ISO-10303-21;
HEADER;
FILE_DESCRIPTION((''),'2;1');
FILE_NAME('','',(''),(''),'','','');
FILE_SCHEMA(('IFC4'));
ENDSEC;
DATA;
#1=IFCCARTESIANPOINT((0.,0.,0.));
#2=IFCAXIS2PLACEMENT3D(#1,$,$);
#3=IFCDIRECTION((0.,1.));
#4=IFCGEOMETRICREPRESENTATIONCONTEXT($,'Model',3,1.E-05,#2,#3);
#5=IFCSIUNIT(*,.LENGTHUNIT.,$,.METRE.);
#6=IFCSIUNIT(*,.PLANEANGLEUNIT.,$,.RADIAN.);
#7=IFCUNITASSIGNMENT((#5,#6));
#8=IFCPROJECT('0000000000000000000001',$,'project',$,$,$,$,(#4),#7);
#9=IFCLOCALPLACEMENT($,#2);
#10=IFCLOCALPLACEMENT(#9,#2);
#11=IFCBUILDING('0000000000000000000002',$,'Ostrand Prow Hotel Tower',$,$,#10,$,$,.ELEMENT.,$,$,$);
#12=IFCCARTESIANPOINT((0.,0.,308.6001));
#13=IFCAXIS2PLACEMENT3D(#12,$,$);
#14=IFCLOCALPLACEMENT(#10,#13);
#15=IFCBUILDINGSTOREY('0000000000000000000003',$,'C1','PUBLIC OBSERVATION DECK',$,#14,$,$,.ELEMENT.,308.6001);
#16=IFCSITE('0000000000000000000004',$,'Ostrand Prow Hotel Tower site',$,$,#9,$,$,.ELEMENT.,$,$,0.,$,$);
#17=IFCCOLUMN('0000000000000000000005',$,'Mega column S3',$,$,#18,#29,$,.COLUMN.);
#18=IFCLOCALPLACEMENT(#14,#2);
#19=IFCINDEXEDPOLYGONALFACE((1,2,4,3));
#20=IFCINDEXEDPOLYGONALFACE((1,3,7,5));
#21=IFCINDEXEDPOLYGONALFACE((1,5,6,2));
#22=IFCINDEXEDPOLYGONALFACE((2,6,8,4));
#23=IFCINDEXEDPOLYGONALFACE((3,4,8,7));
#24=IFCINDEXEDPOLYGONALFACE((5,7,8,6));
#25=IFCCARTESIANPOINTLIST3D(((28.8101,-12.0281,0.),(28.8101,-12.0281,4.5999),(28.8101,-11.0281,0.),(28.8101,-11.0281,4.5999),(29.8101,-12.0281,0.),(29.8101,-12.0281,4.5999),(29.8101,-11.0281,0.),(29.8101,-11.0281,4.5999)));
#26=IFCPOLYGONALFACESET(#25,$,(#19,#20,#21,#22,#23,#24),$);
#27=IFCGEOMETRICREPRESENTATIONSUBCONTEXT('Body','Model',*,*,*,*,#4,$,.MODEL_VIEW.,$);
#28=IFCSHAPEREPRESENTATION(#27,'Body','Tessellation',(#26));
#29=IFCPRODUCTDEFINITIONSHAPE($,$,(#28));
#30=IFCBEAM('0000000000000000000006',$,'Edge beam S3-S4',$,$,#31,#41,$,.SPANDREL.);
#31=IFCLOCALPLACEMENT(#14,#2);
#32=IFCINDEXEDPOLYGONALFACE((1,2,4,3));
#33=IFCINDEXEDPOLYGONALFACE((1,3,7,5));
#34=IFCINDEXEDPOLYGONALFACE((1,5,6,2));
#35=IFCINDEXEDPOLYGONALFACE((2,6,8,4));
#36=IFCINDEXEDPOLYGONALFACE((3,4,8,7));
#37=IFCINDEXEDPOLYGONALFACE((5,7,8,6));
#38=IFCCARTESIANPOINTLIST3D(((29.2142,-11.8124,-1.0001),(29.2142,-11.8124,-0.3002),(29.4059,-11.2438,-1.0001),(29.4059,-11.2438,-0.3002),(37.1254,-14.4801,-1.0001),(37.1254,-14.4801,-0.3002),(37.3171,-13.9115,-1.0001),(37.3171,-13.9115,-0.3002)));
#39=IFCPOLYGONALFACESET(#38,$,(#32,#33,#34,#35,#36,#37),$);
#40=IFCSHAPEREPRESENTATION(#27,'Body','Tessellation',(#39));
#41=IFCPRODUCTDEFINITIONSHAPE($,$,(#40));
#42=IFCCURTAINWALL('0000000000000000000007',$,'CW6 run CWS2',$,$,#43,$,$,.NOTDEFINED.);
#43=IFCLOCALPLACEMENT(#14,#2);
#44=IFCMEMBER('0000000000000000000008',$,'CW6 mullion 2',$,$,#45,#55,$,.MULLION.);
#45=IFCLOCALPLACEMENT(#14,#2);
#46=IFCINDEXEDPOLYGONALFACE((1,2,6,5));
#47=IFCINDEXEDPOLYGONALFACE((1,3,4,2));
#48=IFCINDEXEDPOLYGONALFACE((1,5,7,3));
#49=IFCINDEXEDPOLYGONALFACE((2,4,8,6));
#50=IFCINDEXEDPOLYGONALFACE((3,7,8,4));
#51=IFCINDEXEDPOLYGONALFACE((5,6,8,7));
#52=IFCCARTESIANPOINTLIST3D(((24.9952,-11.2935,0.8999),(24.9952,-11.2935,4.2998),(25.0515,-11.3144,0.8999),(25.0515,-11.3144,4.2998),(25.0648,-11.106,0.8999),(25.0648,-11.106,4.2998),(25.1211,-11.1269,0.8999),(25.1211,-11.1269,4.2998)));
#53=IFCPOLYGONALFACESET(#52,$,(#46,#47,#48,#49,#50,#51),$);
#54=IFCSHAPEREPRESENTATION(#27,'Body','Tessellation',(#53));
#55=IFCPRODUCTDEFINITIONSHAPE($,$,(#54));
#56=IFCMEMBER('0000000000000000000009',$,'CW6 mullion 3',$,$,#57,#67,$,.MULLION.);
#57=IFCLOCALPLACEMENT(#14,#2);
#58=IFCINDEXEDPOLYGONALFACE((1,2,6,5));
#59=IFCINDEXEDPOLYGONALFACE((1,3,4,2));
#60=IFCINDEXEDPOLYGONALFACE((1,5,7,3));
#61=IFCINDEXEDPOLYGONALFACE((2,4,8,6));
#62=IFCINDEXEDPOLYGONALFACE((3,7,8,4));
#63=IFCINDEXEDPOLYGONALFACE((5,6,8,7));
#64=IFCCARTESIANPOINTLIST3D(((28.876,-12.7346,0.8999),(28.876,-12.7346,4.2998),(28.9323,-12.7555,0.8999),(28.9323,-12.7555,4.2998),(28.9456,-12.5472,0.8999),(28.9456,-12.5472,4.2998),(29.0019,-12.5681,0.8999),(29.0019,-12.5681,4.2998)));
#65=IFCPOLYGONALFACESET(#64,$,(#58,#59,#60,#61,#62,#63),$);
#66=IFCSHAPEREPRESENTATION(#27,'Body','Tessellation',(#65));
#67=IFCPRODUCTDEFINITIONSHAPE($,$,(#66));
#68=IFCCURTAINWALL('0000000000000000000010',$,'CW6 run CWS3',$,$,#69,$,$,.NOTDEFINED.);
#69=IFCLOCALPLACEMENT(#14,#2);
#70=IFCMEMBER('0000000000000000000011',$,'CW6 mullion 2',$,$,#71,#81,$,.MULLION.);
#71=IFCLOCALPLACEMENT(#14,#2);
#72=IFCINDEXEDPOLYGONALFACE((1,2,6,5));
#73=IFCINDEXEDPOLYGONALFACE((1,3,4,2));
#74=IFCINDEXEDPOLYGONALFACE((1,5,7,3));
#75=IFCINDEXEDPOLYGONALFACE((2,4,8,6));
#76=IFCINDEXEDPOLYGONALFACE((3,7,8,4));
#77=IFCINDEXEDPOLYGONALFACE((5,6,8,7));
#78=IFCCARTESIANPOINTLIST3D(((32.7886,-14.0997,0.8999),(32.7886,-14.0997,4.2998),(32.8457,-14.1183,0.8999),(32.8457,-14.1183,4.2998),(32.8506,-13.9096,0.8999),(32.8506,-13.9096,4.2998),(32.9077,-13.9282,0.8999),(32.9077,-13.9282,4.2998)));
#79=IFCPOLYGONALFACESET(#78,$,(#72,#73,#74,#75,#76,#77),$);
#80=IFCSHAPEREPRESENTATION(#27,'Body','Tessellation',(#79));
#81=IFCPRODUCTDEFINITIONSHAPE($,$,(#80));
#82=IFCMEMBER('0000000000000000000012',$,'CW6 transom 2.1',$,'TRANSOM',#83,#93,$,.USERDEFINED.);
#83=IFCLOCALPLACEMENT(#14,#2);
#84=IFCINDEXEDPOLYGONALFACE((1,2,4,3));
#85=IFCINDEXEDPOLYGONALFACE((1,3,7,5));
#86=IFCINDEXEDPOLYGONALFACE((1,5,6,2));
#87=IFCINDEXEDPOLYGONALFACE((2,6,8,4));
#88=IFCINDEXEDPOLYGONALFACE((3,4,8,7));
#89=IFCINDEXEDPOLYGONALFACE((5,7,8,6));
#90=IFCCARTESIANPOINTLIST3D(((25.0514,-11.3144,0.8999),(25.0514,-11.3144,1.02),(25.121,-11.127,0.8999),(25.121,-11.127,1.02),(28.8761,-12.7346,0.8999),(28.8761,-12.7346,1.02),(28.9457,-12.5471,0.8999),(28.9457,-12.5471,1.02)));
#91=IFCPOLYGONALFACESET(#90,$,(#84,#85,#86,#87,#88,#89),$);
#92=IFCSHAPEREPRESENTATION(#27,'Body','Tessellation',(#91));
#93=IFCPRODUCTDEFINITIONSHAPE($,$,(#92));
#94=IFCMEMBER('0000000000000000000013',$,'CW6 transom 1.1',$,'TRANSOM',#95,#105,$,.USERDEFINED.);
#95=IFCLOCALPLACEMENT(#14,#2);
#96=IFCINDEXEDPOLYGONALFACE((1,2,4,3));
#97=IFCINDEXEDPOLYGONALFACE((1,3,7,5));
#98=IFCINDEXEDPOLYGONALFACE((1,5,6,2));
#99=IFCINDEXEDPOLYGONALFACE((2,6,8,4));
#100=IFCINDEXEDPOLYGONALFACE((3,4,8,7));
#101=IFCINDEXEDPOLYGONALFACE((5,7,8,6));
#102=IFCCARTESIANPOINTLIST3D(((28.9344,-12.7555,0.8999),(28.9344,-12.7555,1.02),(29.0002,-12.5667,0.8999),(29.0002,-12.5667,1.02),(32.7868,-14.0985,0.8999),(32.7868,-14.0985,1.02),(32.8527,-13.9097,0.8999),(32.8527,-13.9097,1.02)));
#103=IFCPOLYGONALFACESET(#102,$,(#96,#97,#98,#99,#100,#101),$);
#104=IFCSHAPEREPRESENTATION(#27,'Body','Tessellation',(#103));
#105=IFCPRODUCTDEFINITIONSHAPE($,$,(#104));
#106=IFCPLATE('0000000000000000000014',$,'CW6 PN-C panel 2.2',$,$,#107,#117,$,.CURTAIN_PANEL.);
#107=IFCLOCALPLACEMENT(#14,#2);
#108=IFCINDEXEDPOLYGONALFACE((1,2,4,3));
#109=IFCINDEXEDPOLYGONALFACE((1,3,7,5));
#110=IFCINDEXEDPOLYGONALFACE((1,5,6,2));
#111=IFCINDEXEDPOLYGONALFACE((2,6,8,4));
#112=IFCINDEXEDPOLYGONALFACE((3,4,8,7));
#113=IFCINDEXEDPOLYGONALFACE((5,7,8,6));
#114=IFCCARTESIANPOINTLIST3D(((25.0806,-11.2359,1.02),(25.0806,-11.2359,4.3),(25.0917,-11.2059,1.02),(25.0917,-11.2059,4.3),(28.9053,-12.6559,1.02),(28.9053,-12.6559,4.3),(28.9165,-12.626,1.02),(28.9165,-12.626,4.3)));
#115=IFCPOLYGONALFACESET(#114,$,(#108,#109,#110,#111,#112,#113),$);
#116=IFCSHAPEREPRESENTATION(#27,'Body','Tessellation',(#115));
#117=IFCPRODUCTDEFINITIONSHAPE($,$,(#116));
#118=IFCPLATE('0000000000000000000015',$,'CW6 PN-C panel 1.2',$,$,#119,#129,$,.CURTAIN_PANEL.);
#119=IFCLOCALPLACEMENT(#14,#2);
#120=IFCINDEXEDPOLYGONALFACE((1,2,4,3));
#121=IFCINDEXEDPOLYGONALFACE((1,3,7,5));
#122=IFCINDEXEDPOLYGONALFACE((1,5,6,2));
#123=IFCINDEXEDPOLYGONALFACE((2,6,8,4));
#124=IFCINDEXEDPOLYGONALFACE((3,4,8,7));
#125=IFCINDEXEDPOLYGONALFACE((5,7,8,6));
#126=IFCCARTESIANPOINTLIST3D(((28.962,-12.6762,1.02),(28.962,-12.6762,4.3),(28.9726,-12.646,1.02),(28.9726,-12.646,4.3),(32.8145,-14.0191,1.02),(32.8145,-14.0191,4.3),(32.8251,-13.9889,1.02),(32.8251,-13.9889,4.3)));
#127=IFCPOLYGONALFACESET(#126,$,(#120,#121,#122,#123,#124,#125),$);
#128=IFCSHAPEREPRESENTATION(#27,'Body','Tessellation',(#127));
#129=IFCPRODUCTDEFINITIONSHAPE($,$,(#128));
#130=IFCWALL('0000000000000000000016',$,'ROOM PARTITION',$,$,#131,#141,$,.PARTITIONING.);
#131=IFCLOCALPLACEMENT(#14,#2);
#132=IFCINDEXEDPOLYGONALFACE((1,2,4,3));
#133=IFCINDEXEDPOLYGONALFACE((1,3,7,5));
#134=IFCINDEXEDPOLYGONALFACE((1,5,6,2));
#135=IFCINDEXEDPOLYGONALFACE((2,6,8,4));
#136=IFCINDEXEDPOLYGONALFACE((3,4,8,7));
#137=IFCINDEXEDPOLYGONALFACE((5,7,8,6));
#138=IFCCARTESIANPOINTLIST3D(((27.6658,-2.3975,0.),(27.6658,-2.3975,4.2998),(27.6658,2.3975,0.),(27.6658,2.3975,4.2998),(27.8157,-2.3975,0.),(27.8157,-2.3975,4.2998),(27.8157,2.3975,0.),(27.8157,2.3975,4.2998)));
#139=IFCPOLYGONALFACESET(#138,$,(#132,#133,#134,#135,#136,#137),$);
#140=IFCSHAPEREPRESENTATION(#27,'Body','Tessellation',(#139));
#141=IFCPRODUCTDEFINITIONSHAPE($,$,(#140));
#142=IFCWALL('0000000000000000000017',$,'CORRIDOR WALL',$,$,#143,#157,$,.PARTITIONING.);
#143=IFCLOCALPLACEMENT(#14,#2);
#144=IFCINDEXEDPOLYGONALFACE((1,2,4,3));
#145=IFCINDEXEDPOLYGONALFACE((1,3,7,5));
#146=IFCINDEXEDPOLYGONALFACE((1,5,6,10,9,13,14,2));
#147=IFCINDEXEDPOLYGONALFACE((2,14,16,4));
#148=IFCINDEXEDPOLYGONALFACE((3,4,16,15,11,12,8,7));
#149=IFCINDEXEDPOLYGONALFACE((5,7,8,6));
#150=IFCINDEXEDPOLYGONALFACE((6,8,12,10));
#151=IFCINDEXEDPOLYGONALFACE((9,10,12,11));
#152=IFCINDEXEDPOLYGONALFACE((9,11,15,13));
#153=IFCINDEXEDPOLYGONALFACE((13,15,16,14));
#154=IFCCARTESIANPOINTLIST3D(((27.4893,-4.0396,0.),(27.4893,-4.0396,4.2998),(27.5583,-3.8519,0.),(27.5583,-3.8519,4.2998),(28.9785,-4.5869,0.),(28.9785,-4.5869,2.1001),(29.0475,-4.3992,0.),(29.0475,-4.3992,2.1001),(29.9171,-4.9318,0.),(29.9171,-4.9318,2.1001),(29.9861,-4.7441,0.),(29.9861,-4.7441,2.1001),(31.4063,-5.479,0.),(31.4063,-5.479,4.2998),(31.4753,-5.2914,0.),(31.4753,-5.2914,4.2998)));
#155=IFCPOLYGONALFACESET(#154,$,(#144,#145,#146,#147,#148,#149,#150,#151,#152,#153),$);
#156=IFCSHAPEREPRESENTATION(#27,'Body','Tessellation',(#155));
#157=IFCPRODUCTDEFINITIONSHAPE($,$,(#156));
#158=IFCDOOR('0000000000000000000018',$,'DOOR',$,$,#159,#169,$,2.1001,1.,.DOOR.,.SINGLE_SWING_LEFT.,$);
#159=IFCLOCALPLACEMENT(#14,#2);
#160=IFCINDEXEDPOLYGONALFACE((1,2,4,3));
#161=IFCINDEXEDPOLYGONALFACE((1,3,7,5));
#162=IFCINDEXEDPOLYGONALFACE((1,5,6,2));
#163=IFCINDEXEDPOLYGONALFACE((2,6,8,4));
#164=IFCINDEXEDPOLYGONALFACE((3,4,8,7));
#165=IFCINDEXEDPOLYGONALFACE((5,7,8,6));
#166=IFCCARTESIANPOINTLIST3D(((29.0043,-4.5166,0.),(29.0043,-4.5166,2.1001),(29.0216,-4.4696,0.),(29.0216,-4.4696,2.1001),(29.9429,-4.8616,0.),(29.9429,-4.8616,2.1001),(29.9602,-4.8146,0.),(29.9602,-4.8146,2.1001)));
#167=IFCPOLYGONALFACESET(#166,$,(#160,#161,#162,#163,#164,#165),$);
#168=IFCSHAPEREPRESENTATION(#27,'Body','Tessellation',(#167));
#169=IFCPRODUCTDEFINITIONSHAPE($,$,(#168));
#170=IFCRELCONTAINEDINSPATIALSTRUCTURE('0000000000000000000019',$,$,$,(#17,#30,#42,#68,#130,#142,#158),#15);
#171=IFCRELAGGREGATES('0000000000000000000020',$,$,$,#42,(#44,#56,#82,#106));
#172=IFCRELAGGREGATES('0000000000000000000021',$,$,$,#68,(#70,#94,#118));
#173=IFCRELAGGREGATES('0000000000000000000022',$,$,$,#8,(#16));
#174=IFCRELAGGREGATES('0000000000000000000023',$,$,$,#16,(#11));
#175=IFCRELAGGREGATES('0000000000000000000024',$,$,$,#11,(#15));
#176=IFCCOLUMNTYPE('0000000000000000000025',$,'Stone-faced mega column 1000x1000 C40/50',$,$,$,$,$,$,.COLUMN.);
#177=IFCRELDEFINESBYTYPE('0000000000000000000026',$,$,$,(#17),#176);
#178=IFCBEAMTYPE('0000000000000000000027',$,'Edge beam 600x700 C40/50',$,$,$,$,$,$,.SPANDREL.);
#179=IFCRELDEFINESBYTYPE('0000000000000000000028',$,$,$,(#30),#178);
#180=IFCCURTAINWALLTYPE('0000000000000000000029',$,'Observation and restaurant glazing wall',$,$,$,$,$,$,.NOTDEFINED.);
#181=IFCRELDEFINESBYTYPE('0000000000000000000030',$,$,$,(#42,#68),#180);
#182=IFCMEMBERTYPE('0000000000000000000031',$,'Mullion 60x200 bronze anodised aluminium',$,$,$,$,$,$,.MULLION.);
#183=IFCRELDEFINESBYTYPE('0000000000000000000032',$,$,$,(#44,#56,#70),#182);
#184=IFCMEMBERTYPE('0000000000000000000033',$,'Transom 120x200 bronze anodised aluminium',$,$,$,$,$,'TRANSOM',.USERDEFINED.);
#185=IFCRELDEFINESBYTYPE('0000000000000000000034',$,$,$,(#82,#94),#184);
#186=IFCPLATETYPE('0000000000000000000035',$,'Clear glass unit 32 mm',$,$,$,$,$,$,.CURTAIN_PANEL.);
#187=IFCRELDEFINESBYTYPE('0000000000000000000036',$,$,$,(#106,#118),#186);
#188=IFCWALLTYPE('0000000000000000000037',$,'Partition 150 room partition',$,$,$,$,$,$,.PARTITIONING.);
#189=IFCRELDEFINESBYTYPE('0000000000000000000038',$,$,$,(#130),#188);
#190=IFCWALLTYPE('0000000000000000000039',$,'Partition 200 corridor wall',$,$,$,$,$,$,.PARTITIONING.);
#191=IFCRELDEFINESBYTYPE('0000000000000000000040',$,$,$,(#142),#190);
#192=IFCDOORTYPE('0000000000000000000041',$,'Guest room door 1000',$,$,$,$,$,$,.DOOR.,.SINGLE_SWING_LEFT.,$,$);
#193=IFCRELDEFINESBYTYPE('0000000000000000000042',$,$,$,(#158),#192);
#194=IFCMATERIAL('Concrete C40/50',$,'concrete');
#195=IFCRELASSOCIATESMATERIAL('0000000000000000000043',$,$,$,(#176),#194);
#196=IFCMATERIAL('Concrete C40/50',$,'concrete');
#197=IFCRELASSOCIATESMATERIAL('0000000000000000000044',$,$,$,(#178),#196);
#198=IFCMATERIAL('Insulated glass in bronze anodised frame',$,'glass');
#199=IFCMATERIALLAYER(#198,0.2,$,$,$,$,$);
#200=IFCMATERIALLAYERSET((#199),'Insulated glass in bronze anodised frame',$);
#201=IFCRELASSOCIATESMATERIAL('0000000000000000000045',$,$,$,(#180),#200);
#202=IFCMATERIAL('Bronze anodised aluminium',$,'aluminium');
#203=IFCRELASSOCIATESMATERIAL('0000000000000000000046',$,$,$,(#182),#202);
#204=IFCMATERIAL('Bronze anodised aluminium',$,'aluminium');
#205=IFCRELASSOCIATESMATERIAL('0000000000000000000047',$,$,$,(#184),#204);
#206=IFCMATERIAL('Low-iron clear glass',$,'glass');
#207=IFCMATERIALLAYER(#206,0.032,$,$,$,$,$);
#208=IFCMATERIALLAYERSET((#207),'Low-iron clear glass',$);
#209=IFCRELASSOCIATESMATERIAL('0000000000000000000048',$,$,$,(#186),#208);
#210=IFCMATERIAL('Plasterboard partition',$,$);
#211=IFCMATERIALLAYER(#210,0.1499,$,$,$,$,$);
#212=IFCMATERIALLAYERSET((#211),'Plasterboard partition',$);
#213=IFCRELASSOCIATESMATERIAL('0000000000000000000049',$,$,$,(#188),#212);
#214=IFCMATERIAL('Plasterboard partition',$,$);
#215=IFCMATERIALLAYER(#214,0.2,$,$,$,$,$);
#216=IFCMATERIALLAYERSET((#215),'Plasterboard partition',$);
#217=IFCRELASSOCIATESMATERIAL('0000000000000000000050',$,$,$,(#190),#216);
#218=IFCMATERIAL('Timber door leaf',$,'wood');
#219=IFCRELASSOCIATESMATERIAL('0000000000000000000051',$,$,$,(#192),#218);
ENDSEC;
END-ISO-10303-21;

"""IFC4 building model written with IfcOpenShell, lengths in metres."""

from ifc_helpers import new_model, si_unit, direction, frame, frame_2d, origin, origin_2d, place, context, subcontext, project, spatial, rectangle, extrude, material, layer, layer_set, material_profile, profile_set, type_object, element, fill, aggregate, save


model = new_model("IFC4")

# Units and contexts
model_context = context("Model", 3, precision=1e-05, world=origin(), true_north=direction((0.0, 1.0)))
body_context = subcontext(model_context, "Body", "Model", "MODEL_VIEW")
ifc_project = project(units=[si_unit("LENGTHUNIT", "METRE"), si_unit("PLANEANGLEUNIT", "RADIAN")], contexts=[model_context])

# Site, building, storey
site_placement = place(None, origin())
site = spatial("IfcSite", under=ifc_project, at=site_placement, Name="Ostrand Prow Hotel Tower site", CompositionType="ELEMENT", RefElevation=0.0)
building_placement = place(site_placement, origin())
building = spatial("IfcBuilding", under=site, at=building_placement, Name="Ostrand Prow Hotel Tower", CompositionType="ELEMENT")
storey_placement = place(building_placement, frame((0.0, 0.0, 308.6001)))
storey = spatial("IfcBuildingStorey", under=building, at=storey_placement, Name="C1", Description="PUBLIC OBSERVATION DECK", CompositionType="ELEMENT", Elevation=308.6001)

# Column
ifc_material_1 = material(Name="Concrete C40/50", Category="concrete")
ifc_material_profile_1 = material_profile(ifc_material_1, rectangle(XDim=1.0, YDim=1.0, at=origin_2d()), Name="RC 1000x1000")
ifc_profile_set_1 = profile_set([ifc_material_profile_1], Name="Concrete C40/50")
column_type = type_object("IfcColumnType", Name="Stone-faced mega column 1000x1000 C40/50", PredefinedType="COLUMN", material=ifc_profile_set_1)
column_placement = place(storey_placement, frame((29.3101, -11.5281, 0.0), z_axis=(0.0, 0.0, 1.0), x_axis=(1.0, 0.0, 0.0)))
element("IfcColumn", 1, at=column_placement, inside=storey, type_object=column_type, Name="Mega column S3", PredefinedType="COLUMN", context=body_context, shape_type="SweptSolid", body=[
    extrude(rectangle(XDim=1.0, YDim=1.0, at=origin_2d()), origin(), (0.0, 0.0, 1.0), 4.5999),
])

# Beam
ifc_material_2 = material(Name="Concrete C40/50", Category="concrete")
ifc_material_profile_2 = material_profile(ifc_material_2, rectangle(XDim=0.6001, YDim=0.7, at=origin_2d()), Name="RC 600x700")
ifc_profile_set_2 = profile_set([ifc_material_profile_2], Name="Concrete C40/50")
beam_type = type_object("IfcBeamType", Name="Edge beam 600x700 C40/50", PredefinedType="SPANDREL", material=ifc_profile_set_2)
beam_placement = place(storey_placement, frame((29.3101, -11.5281, -0.6501), z_axis=(0.947575, -0.319533, 0.0), x_axis=(0.319533, 0.947575, 0.0)))
element("IfcBeam", 2, at=beam_placement, inside=storey, type_object=beam_type, Name="Edge beam S3-S4", PredefinedType="SPANDREL", context=body_context, shape_type="SweptSolid", body=[
    extrude(rectangle(XDim=0.6001, YDim=0.7, at=origin_2d()), origin(), (0.0, 0.0, 1.0), 8.3489),
])

# Curtain wall, members
ifc_material_3 = material(Name="Insulated glass in bronze anodised frame", Category="glass")
ifc_layer_1 = layer(ifc_material_3, 0.2)
ifc_layer_set_1 = layer_set([ifc_layer_1], Name="Insulated glass in bronze anodised frame")
curtain_wall_type = type_object("IfcCurtainWallType", Name="Observation and restaurant glazing wall", PredefinedType="NOTDEFINED", material=ifc_layer_set_1)
curtain_wall_1_placement = place(storey_placement, origin())
curtain_wall_1 = element("IfcCurtainWall", 3, at=curtain_wall_1_placement, inside=storey, type_object=curtain_wall_type, Name="CW6 run CWS2", PredefinedType="NOTDEFINED")
ifc_material_4 = material(Name="Bronze anodised aluminium", Category="aluminium")
ifc_material_profile_3 = material_profile(ifc_material_4, rectangle(XDim=0.2, YDim=0.0601, at=origin_2d()), Name="Mullion 60x200 bronze anodised aluminium")
ifc_profile_set_3 = profile_set([ifc_material_profile_3], Name="Bronze anodised aluminium")
member_type_1 = type_object("IfcMemberType", Name="Mullion 60x200 bronze anodised aluminium", PredefinedType="MULLION", material=ifc_profile_set_3)
member_1_placement = place(storey_placement, frame((25.0581, -11.2102, 0.8999), z_axis=(0.0, 0.0, 1.0), x_axis=(0.348071, 0.937468, 0.0)))
member_1 = element("IfcMember", 4, at=member_1_placement, type_object=member_type_1, Name="CW6 mullion 2", PredefinedType="MULLION", context=body_context, shape_type="SweptSolid", body=[
    extrude(rectangle(XDim=0.2, YDim=0.0601, at=origin_2d()), origin(), (0.0, 0.0, 1.0), 3.3999),
])
member_2_placement = place(storey_placement, frame((28.939, -12.6514, 0.8999), z_axis=(0.0, 0.0, 1.0), x_axis=(0.348071, 0.937468, 0.0)))
member_2 = element("IfcMember", 5, at=member_2_placement, type_object=member_type_1, Name="CW6 mullion 3", PredefinedType="MULLION", context=body_context, shape_type="SweptSolid", body=[
    extrude(rectangle(XDim=0.2, YDim=0.0601, at=origin_2d()), origin(), (0.0, 0.0, 1.0), 3.3999),
])

# Curtain wall, member
curtain_wall_2_placement = place(storey_placement, origin())
curtain_wall_2 = element("IfcCurtainWall", 6, at=curtain_wall_2_placement, inside=storey, type_object=curtain_wall_type, Name="CW6 run CWS3", PredefinedType="NOTDEFINED")
member_3_placement = place(storey_placement, frame((32.8481, -14.0139, 0.8999), z_axis=(0.0, 0.0, 1.0), x_axis=(0.310111, 0.9507, 0.0)))
member_3 = element("IfcMember", 7, at=member_3_placement, type_object=member_type_1, Name="CW6 mullion 2", PredefinedType="MULLION", context=body_context, shape_type="SweptSolid", body=[
    extrude(rectangle(XDim=0.2, YDim=0.0601, at=origin_2d()), origin(), (0.0, 0.0, 1.0), 3.3999),
])

# Members
ifc_material_5 = material(Name="Bronze anodised aluminium", Category="aluminium")
ifc_material_profile_4 = material_profile(ifc_material_5, rectangle(XDim=0.2, YDim=0.1201, at=origin_2d()), Name="Transom 120x200 bronze anodised aluminium")
ifc_profile_set_4 = profile_set([ifc_material_profile_4], Name="Bronze anodised aluminium")
member_type_2 = type_object("IfcMemberType", Name="Transom 120x200 bronze anodised aluminium", ElementType="TRANSOM", PredefinedType="USERDEFINED", material=ifc_profile_set_4)
member_4_placement = place(storey_placement, frame((25.0862, -11.2207, 0.96), z_axis=(0.93746, -0.348092, 0.0), x_axis=(0.348092, 0.93746, 0.0)))
member_4 = element("IfcMember", 8, at=member_4_placement, type_object=member_type_2, Name="CW6 transom 2.1", ObjectType="TRANSOM", PredefinedType="USERDEFINED", context=body_context, shape_type="SweptSolid", body=[
    extrude(rectangle(XDim=0.2, YDim=0.1201, at=origin_2d()), origin(), (0.0, 0.0, 1.0), 4.0798),
])
member_5_placement = place(storey_placement, frame((28.9673, -12.6611, 0.96), z_axis=(0.944268, -0.329177, 0.0), x_axis=(0.329177, 0.944268, 0.0)))
member_5 = element("IfcMember", 9, at=member_5_placement, type_object=member_type_2, Name="CW6 transom 1.1", ObjectType="TRANSOM", PredefinedType="USERDEFINED", context=body_context, shape_type="SweptSolid", body=[
    extrude(rectangle(XDim=0.2, YDim=0.1201, at=origin_2d()), origin(), (0.0, 0.0, 1.0), 4.0798),
])

# Plates
ifc_material_6 = material(Name="Low-iron clear glass", Category="glass")
ifc_layer_2 = layer(ifc_material_6, 0.032)
ifc_layer_set_2 = layer_set([ifc_layer_2], Name="Low-iron clear glass")
plate_type = type_object("IfcPlateType", Name="Clear glass unit 32 mm", PredefinedType="CURTAIN_PANEL", material=ifc_layer_set_2)
plate_1_placement = place(storey_placement, frame((26.9985, -11.9309, 1.02), z_axis=(0.0, 0.0, 1.0), x_axis=(0.937468, -0.348071, 0.0)))
plate_1 = element("IfcPlate", 10, at=plate_1_placement, type_object=plate_type, Name="CW6 PN-C panel 2.2", PredefinedType="CURTAIN_PANEL", context=body_context, shape_type="SweptSolid", body=[
    extrude(rectangle(XDim=4.0798, YDim=0.032, at=origin_2d()), origin(), (0.0, 0.0, 1.0), 3.28),
])
aggregate(curtain_wall_1, [member_1, member_2, member_4, plate_1])
plate_2_placement = place(storey_placement, frame((30.8936, -13.3325, 1.02), z_axis=(0.0, 0.0, 1.0), x_axis=(0.944275, -0.329158, 0.0)))
plate_2 = element("IfcPlate", 11, at=plate_2_placement, type_object=plate_type, Name="CW6 PN-C panel 1.2", PredefinedType="CURTAIN_PANEL", context=body_context, shape_type="SweptSolid", body=[
    extrude(rectangle(XDim=4.0798, YDim=0.032, at=origin_2d()), origin(), (0.0, 0.0, 1.0), 3.28),
])
aggregate(curtain_wall_2, [member_3, member_5, plate_2])

# Wall
ifc_material_7 = material(Name="Plasterboard partition")
ifc_layer_3 = layer(ifc_material_7, 0.1499)
ifc_layer_set_3 = layer_set([ifc_layer_3], Name="Plasterboard partition")
wall_type_1 = type_object("IfcWallType", Name="Partition 150 room partition", PredefinedType="PARTITIONING", material=ifc_layer_set_3)
wall_1_placement = place(storey_placement, frame((27.7407, -2.3975, 0.0), z_axis=(0.0, 0.0, 1.0), x_axis=(0.0, 1.0, 0.0)))
element("IfcWall", 12, at=wall_1_placement, inside=storey, type_object=wall_type_1, Name="ROOM PARTITION", PredefinedType="PARTITIONING", context=body_context, shape_type="SweptSolid", body=[
    extrude(rectangle(XDim=4.7949, YDim=0.1499, at=frame_2d((2.3975, 0.0))), origin(), (0.0, 0.0, 1.0), 4.2998),
])

# Wall, opening, door
ifc_material_8 = material(Name="Plasterboard partition")
ifc_layer_4 = layer(ifc_material_8, 0.2)
ifc_layer_set_4 = layer_set([ifc_layer_4], Name="Plasterboard partition")
wall_type_2 = type_object("IfcWallType", Name="Partition 200 corridor wall", PredefinedType="PARTITIONING", material=ifc_layer_set_4)
wall_2_placement = place(storey_placement, frame((27.5239, -3.9458, 0.0), z_axis=(0.0, 0.0, 1.0), x_axis=(0.938626, -0.344935, 0.0)))
wall_2 = element("IfcWall", 13, at=wall_2_placement, inside=storey, type_object=wall_type_2, Name="CORRIDOR WALL", PredefinedType="PARTITIONING", context=body_context, shape_type="SweptSolid", body=[
    extrude(rectangle(XDim=4.1731, YDim=0.2, at=frame_2d((2.0864, 0.0))), origin(), (0.0, 0.0, 1.0), 4.2998),
])
opening_1_placement = place(wall_2_placement, frame((1.5864, 0.0, 0.0)))
opening_1 = element("IfcOpeningElement", 14, at=opening_1_placement, cuts=wall_2, PredefinedType="OPENING", context=body_context, shape_type="SweptSolid", body=[
    extrude(rectangle(XDim=1.0, YDim=2.1001, at=frame_2d((0.5, 1.05))), frame((0.0, 0.1099, 0.0), z_axis=(0.0, -1.0, 0.0), x_axis=(1.0, 0.0, 0.0)), (0.0, 0.0, 1.0), 0.22),
])
ifc_material_9 = material(Name="Timber door leaf", Category="wood")
door_type_1 = type_object("IfcDoorType", Name="Guest room door 1000", OperationType="SINGLE_SWING_LEFT", PredefinedType="DOOR", material=ifc_material_9)
door_1_placement = place(opening_1_placement, origin())
door_1 = element("IfcDoor", 15, at=door_1_placement, inside=storey, type_object=door_type_1, Name="DOOR", OperationType="SINGLE_SWING_LEFT", OverallHeight=2.1001, OverallWidth=1.0, PredefinedType="DOOR", context=body_context, shape_type="SweptSolid", body=[
    extrude(rectangle(XDim=1.0, YDim=2.1001, at=frame_2d((0.5, 1.05))), frame((0.0, 0.0249, 0.0), z_axis=(0.0, -1.0, 0.0), x_axis=(1.0, 0.0, 0.0)), (0.0, 0.0, 1.0), 0.05),
])
fill(opening_1, door_1)

save(model, "model.ifc")
